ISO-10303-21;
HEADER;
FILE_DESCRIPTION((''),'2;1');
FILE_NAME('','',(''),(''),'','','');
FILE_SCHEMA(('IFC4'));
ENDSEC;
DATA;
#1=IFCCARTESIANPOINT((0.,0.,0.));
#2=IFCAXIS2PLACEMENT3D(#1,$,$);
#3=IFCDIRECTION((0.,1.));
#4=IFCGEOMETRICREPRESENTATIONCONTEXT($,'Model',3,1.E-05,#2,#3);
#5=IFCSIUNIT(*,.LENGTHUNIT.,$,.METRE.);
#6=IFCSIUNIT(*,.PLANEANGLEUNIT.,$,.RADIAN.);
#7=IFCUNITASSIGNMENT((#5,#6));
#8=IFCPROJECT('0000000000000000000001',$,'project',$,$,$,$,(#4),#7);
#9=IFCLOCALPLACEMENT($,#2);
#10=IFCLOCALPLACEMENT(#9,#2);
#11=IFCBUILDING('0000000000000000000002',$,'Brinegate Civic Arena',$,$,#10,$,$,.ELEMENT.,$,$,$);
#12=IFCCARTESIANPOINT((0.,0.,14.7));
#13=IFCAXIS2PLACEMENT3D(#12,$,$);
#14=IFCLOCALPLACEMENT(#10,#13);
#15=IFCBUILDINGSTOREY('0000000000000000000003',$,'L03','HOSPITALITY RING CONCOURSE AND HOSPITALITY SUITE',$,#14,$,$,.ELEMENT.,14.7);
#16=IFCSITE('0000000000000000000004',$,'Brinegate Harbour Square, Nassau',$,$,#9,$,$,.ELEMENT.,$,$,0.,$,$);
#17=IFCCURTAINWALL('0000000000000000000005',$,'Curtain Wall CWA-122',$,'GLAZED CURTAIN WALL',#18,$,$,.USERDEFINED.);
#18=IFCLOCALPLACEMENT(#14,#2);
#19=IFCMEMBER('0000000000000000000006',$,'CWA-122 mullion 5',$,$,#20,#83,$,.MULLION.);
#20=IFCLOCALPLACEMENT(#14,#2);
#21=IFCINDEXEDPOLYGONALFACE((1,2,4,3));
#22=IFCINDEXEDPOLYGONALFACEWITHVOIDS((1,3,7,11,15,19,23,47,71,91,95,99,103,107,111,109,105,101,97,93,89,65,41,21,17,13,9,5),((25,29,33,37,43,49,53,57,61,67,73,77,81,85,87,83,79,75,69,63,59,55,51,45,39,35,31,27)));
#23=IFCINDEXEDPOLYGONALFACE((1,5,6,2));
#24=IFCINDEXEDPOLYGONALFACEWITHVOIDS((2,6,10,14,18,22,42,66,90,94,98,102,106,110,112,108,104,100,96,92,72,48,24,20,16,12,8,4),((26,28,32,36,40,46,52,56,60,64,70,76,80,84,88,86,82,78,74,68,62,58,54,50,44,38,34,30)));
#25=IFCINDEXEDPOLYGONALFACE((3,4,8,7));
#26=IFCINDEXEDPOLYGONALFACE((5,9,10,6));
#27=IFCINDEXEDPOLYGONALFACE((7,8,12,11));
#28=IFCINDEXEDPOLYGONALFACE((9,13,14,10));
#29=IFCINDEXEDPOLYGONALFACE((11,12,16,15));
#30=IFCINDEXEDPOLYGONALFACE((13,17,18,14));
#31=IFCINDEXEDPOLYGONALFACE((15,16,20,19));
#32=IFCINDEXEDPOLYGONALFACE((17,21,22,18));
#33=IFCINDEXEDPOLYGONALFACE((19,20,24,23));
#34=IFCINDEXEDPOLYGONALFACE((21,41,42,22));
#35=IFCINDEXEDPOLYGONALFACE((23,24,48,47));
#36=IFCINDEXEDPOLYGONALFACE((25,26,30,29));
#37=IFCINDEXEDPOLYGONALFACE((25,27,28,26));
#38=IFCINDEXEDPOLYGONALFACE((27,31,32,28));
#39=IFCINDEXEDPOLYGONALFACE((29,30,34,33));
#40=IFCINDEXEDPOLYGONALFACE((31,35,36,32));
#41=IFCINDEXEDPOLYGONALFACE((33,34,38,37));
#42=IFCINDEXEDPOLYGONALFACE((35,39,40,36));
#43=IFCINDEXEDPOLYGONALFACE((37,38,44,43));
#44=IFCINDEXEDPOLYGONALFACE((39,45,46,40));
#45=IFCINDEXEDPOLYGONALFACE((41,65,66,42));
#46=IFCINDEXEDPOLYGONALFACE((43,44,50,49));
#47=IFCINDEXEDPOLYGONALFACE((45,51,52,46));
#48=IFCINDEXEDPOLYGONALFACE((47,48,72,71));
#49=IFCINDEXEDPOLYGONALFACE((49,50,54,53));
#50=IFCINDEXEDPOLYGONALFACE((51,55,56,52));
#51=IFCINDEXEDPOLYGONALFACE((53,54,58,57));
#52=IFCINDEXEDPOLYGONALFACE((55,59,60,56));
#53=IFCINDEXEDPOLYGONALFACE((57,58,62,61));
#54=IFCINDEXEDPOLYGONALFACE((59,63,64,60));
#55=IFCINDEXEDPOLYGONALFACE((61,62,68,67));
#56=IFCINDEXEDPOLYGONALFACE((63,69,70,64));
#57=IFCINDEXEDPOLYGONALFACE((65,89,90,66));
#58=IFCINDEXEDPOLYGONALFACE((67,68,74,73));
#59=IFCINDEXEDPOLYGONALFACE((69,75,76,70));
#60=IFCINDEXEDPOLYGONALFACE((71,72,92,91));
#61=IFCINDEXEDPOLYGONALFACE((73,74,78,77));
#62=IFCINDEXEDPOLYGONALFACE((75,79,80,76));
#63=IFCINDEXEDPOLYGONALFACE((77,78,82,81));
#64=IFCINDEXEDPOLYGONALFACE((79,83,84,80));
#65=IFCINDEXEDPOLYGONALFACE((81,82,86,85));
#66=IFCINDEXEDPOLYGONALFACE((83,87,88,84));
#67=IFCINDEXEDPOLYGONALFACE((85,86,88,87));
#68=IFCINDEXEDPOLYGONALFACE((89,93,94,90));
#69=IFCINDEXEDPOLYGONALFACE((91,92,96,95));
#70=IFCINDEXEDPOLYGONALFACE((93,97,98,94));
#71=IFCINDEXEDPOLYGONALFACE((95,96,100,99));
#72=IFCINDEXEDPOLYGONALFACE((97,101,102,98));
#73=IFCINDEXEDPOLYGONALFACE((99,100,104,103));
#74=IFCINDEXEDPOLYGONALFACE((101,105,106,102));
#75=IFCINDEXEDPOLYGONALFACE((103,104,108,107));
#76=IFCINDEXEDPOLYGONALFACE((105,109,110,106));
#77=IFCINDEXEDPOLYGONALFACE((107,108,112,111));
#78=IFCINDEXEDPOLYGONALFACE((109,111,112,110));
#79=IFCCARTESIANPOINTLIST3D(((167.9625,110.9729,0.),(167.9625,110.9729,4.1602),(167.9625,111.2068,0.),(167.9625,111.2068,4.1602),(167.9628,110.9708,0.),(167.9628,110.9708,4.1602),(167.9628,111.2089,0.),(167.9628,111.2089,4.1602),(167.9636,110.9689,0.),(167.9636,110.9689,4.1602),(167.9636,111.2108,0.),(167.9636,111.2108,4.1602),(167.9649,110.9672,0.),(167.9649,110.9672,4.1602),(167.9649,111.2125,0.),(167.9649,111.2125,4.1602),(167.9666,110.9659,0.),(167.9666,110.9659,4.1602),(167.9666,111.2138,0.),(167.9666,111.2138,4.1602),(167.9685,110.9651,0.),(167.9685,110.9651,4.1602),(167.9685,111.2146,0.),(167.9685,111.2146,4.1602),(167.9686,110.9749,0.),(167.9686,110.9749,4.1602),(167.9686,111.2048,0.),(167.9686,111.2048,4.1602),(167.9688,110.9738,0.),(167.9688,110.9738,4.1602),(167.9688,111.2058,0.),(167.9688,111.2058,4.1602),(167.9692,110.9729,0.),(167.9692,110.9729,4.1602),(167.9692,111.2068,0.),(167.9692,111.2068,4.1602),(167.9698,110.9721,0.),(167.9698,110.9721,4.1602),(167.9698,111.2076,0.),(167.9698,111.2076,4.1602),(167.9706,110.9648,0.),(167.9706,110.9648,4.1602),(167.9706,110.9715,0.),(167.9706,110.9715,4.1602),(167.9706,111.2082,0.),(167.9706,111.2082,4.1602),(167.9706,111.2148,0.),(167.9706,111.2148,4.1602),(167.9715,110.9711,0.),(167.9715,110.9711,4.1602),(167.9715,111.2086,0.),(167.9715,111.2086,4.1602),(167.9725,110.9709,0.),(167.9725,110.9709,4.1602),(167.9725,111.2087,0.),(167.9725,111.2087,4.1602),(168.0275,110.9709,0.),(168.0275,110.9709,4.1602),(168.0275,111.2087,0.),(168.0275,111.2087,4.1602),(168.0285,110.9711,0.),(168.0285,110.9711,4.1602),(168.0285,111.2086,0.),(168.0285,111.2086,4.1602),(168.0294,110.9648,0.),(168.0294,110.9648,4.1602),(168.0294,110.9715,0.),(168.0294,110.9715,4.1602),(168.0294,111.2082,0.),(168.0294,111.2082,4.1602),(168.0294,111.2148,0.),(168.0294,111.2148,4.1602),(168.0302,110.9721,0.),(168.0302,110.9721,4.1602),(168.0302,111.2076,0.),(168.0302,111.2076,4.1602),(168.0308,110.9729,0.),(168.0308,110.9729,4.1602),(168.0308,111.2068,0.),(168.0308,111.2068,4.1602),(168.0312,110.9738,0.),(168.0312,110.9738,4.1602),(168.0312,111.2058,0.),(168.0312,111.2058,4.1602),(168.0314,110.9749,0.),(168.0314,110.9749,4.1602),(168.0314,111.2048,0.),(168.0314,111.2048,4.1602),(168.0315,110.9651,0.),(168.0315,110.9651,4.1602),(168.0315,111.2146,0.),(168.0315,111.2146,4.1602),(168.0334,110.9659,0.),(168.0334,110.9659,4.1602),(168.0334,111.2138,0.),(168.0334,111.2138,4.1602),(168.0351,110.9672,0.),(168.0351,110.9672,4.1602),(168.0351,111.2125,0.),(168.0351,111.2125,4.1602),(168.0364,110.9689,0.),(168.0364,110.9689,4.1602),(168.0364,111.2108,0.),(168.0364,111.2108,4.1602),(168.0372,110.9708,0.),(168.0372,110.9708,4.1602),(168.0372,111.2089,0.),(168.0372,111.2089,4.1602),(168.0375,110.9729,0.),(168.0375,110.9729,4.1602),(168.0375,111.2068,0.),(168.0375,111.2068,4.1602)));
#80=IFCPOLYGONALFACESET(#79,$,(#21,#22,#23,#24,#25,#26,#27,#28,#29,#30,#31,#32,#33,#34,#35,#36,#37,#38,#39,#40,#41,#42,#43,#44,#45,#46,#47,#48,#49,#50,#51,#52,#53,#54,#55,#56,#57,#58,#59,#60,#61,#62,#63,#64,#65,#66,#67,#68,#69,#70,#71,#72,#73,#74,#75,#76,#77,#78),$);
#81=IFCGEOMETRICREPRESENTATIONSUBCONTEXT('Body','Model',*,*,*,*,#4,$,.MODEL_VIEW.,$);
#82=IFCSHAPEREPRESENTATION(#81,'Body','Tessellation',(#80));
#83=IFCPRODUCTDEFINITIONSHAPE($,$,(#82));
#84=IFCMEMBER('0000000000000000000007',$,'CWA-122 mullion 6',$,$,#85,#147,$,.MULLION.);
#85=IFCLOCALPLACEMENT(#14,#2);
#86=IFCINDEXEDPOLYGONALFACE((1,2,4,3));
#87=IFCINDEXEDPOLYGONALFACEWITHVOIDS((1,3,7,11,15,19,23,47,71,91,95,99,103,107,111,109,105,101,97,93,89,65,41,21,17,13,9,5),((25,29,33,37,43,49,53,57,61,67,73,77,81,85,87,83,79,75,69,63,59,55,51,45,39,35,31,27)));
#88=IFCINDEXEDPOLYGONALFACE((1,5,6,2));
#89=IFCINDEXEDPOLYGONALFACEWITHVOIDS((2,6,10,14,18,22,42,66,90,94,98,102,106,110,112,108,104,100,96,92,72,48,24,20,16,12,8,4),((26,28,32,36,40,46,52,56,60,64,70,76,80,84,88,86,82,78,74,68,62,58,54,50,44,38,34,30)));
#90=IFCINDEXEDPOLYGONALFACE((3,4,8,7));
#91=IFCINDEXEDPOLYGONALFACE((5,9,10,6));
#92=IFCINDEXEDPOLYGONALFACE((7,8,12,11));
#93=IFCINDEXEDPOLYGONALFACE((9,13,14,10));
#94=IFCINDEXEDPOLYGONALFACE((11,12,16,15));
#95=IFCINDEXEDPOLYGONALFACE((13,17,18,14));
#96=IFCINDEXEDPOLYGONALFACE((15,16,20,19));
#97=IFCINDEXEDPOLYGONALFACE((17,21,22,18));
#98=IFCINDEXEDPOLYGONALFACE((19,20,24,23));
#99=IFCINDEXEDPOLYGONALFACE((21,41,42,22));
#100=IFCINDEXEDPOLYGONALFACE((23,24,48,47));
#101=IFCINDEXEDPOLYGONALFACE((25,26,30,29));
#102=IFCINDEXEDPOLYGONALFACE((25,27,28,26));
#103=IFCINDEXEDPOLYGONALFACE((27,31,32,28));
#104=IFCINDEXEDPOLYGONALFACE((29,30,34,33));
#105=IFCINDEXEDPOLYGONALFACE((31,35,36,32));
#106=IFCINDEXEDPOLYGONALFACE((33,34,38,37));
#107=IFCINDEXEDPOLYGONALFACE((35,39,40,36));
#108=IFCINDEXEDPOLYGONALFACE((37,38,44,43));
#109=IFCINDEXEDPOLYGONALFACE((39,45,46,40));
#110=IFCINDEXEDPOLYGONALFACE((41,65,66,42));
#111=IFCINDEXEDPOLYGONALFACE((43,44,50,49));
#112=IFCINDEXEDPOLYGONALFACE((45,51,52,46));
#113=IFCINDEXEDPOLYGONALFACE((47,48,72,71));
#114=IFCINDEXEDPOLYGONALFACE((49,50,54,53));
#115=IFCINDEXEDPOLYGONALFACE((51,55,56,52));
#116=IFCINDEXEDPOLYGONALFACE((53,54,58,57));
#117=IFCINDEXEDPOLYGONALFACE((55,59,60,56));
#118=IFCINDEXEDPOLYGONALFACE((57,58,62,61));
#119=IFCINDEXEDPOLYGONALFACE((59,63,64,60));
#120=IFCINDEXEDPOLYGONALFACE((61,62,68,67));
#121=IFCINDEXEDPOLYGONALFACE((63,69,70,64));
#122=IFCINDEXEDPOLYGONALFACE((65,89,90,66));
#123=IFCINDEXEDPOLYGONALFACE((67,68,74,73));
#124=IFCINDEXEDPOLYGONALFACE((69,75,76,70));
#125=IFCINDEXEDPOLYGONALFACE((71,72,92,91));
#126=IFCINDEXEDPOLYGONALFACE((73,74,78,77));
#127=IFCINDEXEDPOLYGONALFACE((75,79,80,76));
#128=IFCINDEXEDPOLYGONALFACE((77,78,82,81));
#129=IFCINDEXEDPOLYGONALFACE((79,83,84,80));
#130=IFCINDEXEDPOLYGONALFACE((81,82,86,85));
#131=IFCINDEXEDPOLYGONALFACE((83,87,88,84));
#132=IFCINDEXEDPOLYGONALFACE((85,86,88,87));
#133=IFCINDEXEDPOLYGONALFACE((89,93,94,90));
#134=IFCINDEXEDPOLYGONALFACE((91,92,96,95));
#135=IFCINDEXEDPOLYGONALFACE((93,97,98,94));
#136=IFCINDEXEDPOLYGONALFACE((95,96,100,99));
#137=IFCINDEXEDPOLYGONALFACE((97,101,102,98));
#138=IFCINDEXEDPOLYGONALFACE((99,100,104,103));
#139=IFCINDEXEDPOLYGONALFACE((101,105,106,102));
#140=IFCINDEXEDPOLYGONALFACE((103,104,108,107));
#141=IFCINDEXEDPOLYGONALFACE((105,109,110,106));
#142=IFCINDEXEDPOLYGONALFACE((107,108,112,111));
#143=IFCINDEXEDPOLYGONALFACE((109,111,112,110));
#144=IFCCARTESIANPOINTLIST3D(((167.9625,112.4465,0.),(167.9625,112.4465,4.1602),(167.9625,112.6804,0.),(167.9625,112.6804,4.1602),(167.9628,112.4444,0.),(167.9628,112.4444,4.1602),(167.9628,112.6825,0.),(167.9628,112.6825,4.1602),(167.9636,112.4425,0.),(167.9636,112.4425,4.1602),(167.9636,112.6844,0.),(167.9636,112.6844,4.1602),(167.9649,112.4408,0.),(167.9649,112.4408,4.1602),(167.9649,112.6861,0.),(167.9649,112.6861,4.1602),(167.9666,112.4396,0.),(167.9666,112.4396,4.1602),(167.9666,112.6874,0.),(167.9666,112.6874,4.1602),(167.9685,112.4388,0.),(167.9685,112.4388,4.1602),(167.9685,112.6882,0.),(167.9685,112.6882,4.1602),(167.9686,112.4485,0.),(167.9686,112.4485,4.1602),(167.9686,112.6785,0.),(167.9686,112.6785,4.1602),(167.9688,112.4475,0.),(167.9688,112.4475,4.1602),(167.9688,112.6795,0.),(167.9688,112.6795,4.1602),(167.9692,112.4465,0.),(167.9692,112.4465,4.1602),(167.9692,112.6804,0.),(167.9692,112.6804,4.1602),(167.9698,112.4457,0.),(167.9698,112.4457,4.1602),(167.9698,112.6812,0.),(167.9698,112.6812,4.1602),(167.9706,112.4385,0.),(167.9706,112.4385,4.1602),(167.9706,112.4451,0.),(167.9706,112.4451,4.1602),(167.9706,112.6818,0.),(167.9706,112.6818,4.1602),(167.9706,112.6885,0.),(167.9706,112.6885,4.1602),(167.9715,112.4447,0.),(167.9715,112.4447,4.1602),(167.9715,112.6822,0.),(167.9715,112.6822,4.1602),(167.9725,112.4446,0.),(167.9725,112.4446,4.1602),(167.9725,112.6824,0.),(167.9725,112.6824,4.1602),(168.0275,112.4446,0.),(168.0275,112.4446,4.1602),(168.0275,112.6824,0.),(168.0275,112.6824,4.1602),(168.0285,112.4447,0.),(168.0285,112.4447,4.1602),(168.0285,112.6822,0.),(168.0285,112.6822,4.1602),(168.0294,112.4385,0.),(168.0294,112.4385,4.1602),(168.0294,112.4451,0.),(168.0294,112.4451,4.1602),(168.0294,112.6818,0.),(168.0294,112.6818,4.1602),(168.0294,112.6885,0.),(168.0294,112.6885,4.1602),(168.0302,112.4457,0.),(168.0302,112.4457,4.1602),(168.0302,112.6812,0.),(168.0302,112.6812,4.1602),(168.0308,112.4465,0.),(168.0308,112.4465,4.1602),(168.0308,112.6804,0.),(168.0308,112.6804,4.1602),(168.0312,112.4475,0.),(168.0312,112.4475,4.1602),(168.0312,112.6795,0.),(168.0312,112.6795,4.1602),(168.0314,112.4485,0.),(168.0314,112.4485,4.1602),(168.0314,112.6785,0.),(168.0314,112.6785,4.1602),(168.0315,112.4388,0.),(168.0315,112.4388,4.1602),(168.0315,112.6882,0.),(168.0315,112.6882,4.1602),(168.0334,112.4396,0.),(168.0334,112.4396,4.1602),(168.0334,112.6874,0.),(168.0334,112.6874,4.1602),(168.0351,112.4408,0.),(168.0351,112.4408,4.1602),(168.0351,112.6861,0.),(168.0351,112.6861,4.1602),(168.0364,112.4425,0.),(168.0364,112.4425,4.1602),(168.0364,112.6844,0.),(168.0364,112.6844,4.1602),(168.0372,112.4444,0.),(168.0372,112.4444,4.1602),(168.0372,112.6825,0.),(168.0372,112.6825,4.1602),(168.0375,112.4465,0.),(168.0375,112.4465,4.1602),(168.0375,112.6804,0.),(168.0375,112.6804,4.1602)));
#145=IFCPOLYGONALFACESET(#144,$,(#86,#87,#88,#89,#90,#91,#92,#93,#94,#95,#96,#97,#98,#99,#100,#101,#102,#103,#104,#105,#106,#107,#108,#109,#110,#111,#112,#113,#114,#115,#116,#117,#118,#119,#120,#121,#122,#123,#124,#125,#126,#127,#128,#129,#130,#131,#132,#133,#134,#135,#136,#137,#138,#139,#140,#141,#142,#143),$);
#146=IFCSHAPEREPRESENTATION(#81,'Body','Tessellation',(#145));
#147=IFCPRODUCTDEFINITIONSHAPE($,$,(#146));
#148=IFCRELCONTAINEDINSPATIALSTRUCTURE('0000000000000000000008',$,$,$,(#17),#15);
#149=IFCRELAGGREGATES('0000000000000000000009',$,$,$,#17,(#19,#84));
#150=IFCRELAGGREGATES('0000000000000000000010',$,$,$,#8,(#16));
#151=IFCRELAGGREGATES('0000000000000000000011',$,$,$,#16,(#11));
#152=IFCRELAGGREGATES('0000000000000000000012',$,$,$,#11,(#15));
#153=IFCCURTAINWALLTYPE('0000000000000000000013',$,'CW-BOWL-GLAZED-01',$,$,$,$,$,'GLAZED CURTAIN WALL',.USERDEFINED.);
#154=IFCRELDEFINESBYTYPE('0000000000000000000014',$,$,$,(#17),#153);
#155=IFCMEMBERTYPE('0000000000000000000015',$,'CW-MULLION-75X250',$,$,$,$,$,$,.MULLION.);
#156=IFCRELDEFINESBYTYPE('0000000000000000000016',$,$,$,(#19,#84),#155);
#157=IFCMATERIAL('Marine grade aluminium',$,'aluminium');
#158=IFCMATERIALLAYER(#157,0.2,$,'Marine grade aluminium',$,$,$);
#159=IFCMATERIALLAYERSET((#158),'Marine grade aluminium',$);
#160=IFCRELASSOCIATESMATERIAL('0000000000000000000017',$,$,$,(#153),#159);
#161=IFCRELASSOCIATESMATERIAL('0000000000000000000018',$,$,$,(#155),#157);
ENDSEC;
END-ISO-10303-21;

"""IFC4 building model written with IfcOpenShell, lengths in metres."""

from ifc_helpers import new_model, si_unit, direction, frame, origin, origin_2d, place, context, subcontext, project, spatial, hollow_rectangle, extrude, material, layer, layer_set, material_profile, profile_set, type_object, element, aggregate, save


model = new_model("IFC4")

# Units and contexts
model_context = context("Model", 3, precision=1e-05, world=origin(), true_north=direction((0.0, 1.0)))
body_context = subcontext(model_context, "Body", "Model", "MODEL_VIEW")
ifc_project = project(units=[si_unit("LENGTHUNIT", "METRE"), si_unit("PLANEANGLEUNIT", "RADIAN")], contexts=[model_context])

# Site, building, storey
site_placement = place(None, origin())
site = spatial("IfcSite", under=ifc_project, at=site_placement, Name="Brinegate Harbour Square, Nassau", CompositionType="ELEMENT", RefElevation=0.0)
building_placement = place(site_placement, origin())
building = spatial("IfcBuilding", under=site, at=building_placement, Name="Brinegate Civic Arena", CompositionType="ELEMENT")
storey_placement = place(building_placement, frame((0.0, 0.0, 14.7)))
storey = spatial("IfcBuildingStorey", under=building, at=storey_placement, Name="L03", Description="HOSPITALITY RING CONCOURSE AND HOSPITALITY SUITE", CompositionType="ELEMENT", Elevation=14.7)

# Curtain wall, members
ifc_material_1 = material(Name="Marine grade aluminium", Category="aluminium")
ifc_layer_1 = layer(ifc_material_1, 0.2, Name="Marine grade aluminium")
ifc_layer_set_1 = layer_set([ifc_layer_1], Name="Marine grade aluminium")
curtain_wall_type = type_object("IfcCurtainWallType", Name="CW-BOWL-GLAZED-01", ElementType="GLAZED CURTAIN WALL", PredefinedType="USERDEFINED", material=ifc_layer_set_1)
curtain_wall_placement = place(storey_placement, origin())
curtain_wall = element("IfcCurtainWall", 1, at=curtain_wall_placement, inside=storey, type_object=curtain_wall_type, Name="Curtain Wall CWA-122", ObjectType="GLAZED CURTAIN WALL", PredefinedType="USERDEFINED")
ifc_material_profile_1 = material_profile(ifc_material_1, hollow_rectangle(XDim=0.075, YDim=0.25, WallThickness=0.0061, InnerFilletRadius=0.0039, OuterFilletRadius=0.0081, at=origin_2d()), Name="MUL75X250")
ifc_profile_set_1 = profile_set([ifc_material_profile_1], Name="Marine grade aluminium")
member_type_1 = type_object("IfcMemberType", Name="CW-MULLION-75X250", PredefinedType="MULLION", material=ifc_profile_set_1)
member_1_placement = place(storey_placement, frame((168.0, 111.0898, 0.0), z_axis=(0.0, 0.0, 1.0), x_axis=(-1.0, 0.0, 0.0)))
member_1 = element("IfcMember", 2, at=member_1_placement, type_object=member_type_1, Name="CWA-122 mullion 5", PredefinedType="MULLION", context=body_context, shape_type="SweptSolid", body=[
    extrude(hollow_rectangle(XDim=0.075, YDim=0.25, WallThickness=0.0061, InnerFilletRadius=0.0039, OuterFilletRadius=0.0081, at=origin_2d()), origin(), (0.0, 0.0, 1.0), 4.1602),
])
member_2_placement = place(storey_placement, frame((168.0, 112.5635, 0.0), z_axis=(0.0, 0.0, 1.0), x_axis=(-1.0, 0.0, 0.0)))
member_2 = element("IfcMember", 3, at=member_2_placement, type_object=member_type_1, Name="CWA-122 mullion 6", PredefinedType="MULLION", context=body_context, shape_type="SweptSolid", body=[
    extrude(hollow_rectangle(XDim=0.075, YDim=0.25, WallThickness=0.0061, InnerFilletRadius=0.0039, OuterFilletRadius=0.0081, at=origin_2d()), origin(), (0.0, 0.0, 1.0), 4.1602),
])
aggregate(curtain_wall, [member_1, member_2])

save(model, "model.ifc")
